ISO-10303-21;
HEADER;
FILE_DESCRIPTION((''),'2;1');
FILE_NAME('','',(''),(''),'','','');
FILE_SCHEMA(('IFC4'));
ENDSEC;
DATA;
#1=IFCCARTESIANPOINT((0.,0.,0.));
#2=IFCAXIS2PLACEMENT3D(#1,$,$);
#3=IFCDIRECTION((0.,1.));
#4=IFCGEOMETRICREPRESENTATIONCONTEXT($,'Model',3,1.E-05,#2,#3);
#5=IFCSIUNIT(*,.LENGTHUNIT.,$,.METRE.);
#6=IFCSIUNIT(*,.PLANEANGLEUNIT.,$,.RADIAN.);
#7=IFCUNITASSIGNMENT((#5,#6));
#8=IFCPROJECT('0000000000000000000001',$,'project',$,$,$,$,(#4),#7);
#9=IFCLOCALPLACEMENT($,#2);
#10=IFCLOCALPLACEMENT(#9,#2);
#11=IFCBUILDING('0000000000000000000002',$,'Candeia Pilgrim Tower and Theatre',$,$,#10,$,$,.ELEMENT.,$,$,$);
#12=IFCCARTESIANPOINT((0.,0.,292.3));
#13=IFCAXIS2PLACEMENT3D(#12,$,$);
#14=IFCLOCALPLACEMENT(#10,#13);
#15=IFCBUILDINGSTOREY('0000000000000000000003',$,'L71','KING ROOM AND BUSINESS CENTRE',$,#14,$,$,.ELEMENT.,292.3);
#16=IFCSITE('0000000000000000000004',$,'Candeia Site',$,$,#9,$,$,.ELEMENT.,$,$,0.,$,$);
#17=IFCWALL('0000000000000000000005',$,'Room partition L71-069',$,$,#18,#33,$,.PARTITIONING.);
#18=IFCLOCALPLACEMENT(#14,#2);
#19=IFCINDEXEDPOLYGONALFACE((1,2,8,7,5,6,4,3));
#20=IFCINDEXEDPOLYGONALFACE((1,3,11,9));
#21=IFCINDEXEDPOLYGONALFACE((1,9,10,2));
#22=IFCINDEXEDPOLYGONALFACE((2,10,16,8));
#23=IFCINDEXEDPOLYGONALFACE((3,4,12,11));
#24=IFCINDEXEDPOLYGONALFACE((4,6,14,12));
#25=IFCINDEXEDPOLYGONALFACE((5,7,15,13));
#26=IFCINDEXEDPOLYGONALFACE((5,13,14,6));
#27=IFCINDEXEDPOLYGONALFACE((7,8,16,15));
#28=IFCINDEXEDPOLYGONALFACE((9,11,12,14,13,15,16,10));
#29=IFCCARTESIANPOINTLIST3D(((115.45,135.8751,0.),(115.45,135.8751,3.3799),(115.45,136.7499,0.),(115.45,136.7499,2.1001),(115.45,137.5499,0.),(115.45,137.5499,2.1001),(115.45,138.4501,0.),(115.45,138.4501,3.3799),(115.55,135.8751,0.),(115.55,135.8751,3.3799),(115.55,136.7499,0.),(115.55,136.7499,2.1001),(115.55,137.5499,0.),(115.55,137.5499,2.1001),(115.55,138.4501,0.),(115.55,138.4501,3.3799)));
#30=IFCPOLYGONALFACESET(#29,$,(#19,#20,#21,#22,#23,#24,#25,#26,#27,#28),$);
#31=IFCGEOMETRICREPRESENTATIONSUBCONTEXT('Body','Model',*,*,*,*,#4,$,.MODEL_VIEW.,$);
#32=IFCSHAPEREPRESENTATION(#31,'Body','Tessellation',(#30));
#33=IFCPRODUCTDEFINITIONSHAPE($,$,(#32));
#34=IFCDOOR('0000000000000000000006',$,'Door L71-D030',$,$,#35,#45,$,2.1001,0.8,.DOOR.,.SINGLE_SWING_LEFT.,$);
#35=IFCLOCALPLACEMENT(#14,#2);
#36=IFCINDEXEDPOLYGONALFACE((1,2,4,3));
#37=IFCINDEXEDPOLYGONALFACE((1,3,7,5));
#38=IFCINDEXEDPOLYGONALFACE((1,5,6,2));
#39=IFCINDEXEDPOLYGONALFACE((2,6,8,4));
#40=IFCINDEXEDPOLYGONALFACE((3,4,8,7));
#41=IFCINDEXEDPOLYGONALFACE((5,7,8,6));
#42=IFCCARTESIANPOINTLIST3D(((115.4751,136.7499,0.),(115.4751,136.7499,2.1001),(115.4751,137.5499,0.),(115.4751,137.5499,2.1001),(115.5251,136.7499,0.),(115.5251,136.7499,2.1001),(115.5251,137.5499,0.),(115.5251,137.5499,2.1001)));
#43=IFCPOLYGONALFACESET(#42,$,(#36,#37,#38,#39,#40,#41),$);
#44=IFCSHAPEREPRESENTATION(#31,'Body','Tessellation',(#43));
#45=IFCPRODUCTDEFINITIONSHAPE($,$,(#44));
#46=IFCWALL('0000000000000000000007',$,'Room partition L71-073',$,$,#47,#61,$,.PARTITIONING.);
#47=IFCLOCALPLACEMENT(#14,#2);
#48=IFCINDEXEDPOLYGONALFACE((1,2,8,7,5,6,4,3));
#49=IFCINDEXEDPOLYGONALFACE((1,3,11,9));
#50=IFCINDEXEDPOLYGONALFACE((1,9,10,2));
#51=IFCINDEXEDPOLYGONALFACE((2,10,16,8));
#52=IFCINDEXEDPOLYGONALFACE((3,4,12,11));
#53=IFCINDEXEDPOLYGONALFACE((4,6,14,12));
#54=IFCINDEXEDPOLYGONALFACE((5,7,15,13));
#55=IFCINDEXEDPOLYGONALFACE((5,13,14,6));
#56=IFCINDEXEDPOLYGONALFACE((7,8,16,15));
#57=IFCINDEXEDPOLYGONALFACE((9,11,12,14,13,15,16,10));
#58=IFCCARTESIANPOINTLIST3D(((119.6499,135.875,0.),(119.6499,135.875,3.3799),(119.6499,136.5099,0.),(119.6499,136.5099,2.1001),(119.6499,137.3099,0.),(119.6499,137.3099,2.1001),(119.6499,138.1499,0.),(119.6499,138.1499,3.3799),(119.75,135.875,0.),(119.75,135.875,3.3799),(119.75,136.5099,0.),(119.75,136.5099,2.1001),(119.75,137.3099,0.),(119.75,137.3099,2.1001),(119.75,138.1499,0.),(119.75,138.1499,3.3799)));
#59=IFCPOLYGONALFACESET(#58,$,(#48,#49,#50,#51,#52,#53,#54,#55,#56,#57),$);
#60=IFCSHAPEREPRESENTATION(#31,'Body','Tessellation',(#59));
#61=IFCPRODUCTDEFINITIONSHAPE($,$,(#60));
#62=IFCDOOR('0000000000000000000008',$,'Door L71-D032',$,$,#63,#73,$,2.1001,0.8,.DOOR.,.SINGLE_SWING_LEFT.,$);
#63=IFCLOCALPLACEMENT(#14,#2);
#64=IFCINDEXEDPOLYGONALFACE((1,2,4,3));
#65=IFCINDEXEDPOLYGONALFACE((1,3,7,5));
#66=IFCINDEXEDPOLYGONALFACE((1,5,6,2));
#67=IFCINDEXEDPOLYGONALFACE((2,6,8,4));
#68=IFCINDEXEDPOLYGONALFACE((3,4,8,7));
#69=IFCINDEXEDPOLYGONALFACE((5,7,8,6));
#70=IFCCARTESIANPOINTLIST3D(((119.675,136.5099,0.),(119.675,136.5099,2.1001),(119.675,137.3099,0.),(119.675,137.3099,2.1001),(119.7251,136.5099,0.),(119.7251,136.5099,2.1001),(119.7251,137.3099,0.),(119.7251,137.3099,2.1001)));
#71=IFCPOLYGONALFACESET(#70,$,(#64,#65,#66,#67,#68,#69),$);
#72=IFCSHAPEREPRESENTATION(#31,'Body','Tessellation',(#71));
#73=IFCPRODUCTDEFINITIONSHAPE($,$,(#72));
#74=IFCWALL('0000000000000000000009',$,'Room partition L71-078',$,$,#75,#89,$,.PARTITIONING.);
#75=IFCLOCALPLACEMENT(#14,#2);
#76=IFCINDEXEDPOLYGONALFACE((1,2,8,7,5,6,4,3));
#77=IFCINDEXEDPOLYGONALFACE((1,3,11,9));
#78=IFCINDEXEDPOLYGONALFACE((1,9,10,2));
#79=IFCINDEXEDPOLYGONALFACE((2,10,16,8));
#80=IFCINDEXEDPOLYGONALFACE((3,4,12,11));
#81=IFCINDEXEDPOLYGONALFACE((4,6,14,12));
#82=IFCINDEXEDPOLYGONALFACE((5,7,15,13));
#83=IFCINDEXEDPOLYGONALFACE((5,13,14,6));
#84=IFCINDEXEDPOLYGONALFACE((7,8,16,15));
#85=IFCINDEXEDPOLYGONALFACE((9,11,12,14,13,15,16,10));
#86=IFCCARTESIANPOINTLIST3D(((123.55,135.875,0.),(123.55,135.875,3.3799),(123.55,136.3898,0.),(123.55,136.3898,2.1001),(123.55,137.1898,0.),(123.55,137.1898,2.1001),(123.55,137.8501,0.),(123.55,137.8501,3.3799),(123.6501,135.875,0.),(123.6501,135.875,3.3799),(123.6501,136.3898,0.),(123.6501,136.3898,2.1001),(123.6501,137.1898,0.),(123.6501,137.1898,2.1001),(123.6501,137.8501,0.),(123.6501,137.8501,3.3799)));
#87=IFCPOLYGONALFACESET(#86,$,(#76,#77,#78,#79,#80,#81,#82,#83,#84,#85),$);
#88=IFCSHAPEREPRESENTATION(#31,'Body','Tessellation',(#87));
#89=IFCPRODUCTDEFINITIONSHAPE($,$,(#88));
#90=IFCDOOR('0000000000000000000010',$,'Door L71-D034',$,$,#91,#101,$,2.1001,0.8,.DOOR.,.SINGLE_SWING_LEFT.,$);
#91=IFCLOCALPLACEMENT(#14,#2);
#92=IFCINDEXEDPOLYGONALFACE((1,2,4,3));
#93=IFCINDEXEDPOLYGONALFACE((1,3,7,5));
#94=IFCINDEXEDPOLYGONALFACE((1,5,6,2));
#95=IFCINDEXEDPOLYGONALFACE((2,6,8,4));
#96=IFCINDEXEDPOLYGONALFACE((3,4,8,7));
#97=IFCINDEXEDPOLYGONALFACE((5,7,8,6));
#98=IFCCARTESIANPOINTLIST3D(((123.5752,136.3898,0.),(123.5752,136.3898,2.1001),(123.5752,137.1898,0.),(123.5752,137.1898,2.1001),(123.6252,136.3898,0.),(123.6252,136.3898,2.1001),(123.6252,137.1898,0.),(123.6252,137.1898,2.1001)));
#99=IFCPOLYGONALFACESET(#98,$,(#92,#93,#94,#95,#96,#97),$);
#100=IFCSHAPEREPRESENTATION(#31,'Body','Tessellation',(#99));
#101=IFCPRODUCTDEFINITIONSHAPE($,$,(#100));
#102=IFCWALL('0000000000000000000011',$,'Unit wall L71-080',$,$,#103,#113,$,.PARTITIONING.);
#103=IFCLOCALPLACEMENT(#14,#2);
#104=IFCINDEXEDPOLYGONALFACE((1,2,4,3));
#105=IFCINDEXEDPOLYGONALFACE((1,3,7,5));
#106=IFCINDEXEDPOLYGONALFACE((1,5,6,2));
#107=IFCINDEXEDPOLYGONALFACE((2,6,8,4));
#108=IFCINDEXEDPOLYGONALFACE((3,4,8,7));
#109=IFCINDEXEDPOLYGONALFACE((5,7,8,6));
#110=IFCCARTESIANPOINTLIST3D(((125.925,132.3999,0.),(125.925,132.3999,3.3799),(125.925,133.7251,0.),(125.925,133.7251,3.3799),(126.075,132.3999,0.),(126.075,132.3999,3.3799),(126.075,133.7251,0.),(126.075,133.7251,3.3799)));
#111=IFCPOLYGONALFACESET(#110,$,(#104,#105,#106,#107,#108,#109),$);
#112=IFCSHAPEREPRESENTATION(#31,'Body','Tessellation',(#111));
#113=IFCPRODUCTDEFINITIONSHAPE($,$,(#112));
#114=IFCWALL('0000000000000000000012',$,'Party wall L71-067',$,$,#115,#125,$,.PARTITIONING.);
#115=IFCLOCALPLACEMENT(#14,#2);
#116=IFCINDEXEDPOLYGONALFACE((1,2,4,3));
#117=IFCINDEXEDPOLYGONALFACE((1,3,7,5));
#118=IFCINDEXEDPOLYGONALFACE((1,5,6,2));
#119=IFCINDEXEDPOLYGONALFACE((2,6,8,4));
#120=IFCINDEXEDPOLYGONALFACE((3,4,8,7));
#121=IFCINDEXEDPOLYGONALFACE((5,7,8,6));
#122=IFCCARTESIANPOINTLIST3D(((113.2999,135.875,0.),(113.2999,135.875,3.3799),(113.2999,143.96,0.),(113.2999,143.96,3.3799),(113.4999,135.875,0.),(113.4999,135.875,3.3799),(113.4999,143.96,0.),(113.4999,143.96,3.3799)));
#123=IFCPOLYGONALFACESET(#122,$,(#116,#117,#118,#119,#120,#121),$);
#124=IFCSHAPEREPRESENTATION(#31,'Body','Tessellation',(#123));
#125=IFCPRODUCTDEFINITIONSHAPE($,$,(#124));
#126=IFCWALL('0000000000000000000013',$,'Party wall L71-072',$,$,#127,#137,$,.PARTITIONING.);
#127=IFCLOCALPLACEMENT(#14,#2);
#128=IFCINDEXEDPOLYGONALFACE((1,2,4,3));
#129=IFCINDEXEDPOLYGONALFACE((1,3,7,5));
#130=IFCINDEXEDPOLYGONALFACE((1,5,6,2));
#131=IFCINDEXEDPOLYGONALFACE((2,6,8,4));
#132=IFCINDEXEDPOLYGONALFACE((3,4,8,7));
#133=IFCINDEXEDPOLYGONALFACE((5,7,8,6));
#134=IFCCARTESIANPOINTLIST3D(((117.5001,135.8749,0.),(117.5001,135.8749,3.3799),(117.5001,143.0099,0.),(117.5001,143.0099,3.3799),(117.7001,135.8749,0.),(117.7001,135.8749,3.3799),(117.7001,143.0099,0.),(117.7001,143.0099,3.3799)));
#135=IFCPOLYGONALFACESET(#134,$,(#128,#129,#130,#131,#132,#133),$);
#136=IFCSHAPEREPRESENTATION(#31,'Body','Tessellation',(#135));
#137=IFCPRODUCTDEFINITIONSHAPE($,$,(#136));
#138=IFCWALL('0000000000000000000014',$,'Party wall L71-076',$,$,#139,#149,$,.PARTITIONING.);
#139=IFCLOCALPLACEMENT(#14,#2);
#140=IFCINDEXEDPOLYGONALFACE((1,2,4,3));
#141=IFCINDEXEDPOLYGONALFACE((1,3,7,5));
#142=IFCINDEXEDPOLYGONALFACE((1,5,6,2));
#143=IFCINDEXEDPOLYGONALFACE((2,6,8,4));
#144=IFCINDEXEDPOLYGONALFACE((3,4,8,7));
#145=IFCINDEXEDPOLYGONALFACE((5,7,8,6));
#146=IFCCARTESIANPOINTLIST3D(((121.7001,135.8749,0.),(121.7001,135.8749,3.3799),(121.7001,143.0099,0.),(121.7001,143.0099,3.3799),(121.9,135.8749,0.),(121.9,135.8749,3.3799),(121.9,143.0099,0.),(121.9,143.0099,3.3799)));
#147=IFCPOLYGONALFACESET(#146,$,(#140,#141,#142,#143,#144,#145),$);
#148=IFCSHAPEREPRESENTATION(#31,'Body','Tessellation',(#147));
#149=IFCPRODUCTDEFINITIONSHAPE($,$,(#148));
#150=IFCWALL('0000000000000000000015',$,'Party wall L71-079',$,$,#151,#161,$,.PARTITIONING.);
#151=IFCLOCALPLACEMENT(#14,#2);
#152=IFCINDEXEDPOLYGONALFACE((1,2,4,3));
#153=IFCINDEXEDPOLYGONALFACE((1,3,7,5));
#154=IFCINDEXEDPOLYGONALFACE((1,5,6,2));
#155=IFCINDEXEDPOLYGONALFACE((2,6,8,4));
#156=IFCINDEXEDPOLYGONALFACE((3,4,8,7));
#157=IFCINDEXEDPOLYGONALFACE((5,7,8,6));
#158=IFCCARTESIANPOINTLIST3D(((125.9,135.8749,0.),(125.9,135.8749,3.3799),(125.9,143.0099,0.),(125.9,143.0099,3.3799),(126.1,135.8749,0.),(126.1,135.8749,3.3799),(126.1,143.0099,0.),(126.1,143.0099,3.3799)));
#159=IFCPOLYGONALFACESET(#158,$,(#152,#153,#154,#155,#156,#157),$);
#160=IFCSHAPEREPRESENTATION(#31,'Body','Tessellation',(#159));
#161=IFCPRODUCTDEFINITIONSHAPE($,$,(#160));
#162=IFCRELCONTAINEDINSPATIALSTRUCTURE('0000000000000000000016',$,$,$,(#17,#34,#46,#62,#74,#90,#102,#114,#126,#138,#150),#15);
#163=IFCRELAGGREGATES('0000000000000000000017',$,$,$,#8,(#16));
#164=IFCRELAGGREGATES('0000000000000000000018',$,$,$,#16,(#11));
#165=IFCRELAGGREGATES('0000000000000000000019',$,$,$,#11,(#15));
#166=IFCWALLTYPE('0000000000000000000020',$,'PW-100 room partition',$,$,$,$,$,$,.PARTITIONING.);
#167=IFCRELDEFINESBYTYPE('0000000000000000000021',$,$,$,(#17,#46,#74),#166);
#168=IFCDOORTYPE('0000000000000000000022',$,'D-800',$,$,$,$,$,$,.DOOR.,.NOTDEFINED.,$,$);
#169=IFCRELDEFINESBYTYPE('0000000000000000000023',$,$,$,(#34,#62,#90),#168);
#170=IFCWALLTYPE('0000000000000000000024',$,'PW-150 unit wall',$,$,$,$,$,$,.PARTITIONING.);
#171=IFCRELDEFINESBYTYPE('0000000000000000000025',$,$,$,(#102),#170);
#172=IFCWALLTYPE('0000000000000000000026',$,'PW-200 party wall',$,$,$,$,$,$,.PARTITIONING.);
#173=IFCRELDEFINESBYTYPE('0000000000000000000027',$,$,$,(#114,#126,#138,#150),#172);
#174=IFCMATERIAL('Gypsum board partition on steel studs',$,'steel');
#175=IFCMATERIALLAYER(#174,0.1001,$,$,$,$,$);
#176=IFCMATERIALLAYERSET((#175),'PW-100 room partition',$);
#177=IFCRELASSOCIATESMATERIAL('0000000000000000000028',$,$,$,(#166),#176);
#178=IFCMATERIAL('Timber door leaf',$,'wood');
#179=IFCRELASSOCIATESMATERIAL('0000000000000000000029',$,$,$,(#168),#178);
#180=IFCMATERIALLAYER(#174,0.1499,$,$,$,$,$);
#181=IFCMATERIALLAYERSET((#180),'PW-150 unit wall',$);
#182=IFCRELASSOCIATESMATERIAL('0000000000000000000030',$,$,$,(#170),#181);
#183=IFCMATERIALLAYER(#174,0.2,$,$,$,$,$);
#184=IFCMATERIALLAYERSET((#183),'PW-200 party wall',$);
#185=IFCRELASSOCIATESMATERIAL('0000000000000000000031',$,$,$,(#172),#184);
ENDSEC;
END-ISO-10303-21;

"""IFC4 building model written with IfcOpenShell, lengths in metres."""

from ifc_helpers import new_model, si_unit, direction, frame, frame_2d, origin, place, context, subcontext, project, spatial, rectangle, extrude, material, layer, layer_set, type_object, element, fill, save


model = new_model("IFC4")

# Units and contexts
model_context = context("Model", 3, precision=1e-05, world=origin(), true_north=direction((0.0, 1.0)))
body_context = subcontext(model_context, "Body", "Model", "MODEL_VIEW")
ifc_project = project(units=[si_unit("LENGTHUNIT", "METRE"), si_unit("PLANEANGLEUNIT", "RADIAN")], contexts=[model_context])

# Site, building, storey
site_placement = place(None, origin())
site = spatial("IfcSite", under=ifc_project, at=site_placement, Name="Candeia Site", CompositionType="ELEMENT", RefElevation=0.0)
building_placement = place(site_placement, origin())
building = spatial("IfcBuilding", under=site, at=building_placement, Name="Candeia Pilgrim Tower and Theatre", CompositionType="ELEMENT")
storey_placement = place(building_placement, frame((0.0, 0.0, 292.3)))
storey = spatial("IfcBuildingStorey", under=building, at=storey_placement, Name="L71", Description="KING ROOM AND BUSINESS CENTRE", CompositionType="ELEMENT", Elevation=292.3)

# Shared definitions
ifc_material_1 = material(Name="Gypsum board partition on steel studs", Category="steel")
ifc_layer_1 = layer(ifc_material_1, 0.1001)
ifc_layer_set_1 = layer_set([ifc_layer_1], Name="PW-100 room partition")
wall_type_1 = type_object("IfcWallType", Name="PW-100 room partition", PredefinedType="PARTITIONING", material=ifc_layer_set_1)

# Walls, openings, doors
wall_1_placement = place(storey_placement, frame((115.5, 135.875, 0.0), z_axis=(0.0, 0.0, 1.0), x_axis=(0.0, 1.0, 0.0)))
wall_1 = element("IfcWall", 1, at=wall_1_placement, inside=storey, type_object=wall_type_1, Name="Room partition L71-069", PredefinedType="PARTITIONING", context=body_context, shape_type="SweptSolid", body=[
    extrude(rectangle(XDim=2.575, YDim=0.1001, at=frame_2d((1.2876, 0.0))), origin(), (0.0, 0.0, 1.0), 3.3799),
])
opening_1_placement = place(wall_1_placement, frame((0.875, 0.0, 0.0)))
opening_1 = element("IfcOpeningElement", 2, at=opening_1_placement, cuts=wall_1, PredefinedType="OPENING", context=body_context, shape_type="SweptSolid", body=[
    extrude(rectangle(XDim=0.8, YDim=2.1001, at=frame_2d((0.3999, 1.05))), frame((0.0, 0.0601, 0.0), z_axis=(0.0, -1.0, 0.0), x_axis=(1.0, 0.0, 0.0)), (0.0, 0.0, 1.0), 0.1201),
])
ifc_material_2 = material(Name="Timber door leaf", Category="wood")
door_type_1 = type_object("IfcDoorType", Name="D-800", OperationType="NOTDEFINED", PredefinedType="DOOR", material=ifc_material_2)
door_1_placement = place(opening_1_placement, origin())
door_1 = element("IfcDoor", 3, at=door_1_placement, inside=storey, type_object=door_type_1, Name="Door L71-D030", OperationType="SINGLE_SWING_LEFT", OverallHeight=2.1001, OverallWidth=0.8, PredefinedType="DOOR", context=body_context, shape_type="SweptSolid", body=[
    extrude(rectangle(XDim=0.8, YDim=2.1001, at=frame_2d((0.3999, 1.05))), frame((0.0, 0.0249, 0.0), z_axis=(0.0, -1.0, 0.0), x_axis=(1.0, 0.0, 0.0)), (0.0, 0.0, 1.0), 0.05),
])
fill(opening_1, door_1)
wall_2_placement = place(storey_placement, frame((119.7, 135.875, 0.0), z_axis=(0.0, 0.0, 1.0), x_axis=(0.0, 1.0, 0.0)))
wall_2 = element("IfcWall", 4, at=wall_2_placement, inside=storey, type_object=wall_type_1, Name="Room partition L71-073", PredefinedType="PARTITIONING", context=body_context, shape_type="SweptSolid", body=[
    extrude(rectangle(XDim=2.2749, YDim=0.1001, at=frame_2d((1.1375, 0.0))), origin(), (0.0, 0.0, 1.0), 3.3799),
])
opening_2_placement = place(wall_2_placement, frame((0.635, 0.0, 0.0)))
opening_2 = element("IfcOpeningElement", 5, at=opening_2_placement, cuts=wall_2, PredefinedType="OPENING", context=body_context, shape_type="SweptSolid", body=[
    extrude(rectangle(XDim=0.8, YDim=2.1001, at=frame_2d((0.3999, 1.05))), frame((0.0, 0.0601, 0.0), z_axis=(0.0, -1.0, 0.0), x_axis=(1.0, 0.0, 0.0)), (0.0, 0.0, 1.0), 0.1201),
])
door_2_placement = place(opening_2_placement, origin())
door_2 = element("IfcDoor", 6, at=door_2_placement, inside=storey, type_object=door_type_1, Name="Door L71-D032", OperationType="SINGLE_SWING_LEFT", OverallHeight=2.1001, OverallWidth=0.8, PredefinedType="DOOR", context=body_context, shape_type="SweptSolid", body=[
    extrude(rectangle(XDim=0.8, YDim=2.1001, at=frame_2d((0.3999, 1.05))), frame((0.0, 0.0249, 0.0), z_axis=(0.0, -1.0, 0.0), x_axis=(1.0, 0.0, 0.0)), (0.0, 0.0, 1.0), 0.05),
])
fill(opening_2, door_2)
wall_3_placement = place(storey_placement, frame((123.6001, 135.875, 0.0), z_axis=(0.0, 0.0, 1.0), x_axis=(0.0, 1.0, 0.0)))
wall_3 = element("IfcWall", 7, at=wall_3_placement, inside=storey, type_object=wall_type_1, Name="Room partition L71-078", PredefinedType="PARTITIONING", context=body_context, shape_type="SweptSolid", body=[
    extrude(rectangle(XDim=1.9751, YDim=0.1001, at=frame_2d((0.9875, 0.0))), origin(), (0.0, 0.0, 1.0), 3.3799),
])
opening_3_placement = place(wall_3_placement, frame((0.5149, 0.0, 0.0)))
opening_3 = element("IfcOpeningElement", 8, at=opening_3_placement, cuts=wall_3, PredefinedType="OPENING", context=body_context, shape_type="SweptSolid", body=[
    extrude(rectangle(XDim=0.8, YDim=2.1001, at=frame_2d((0.3999, 1.05))), frame((0.0, 0.0601, 0.0), z_axis=(0.0, -1.0, 0.0), x_axis=(1.0, 0.0, 0.0)), (0.0, 0.0, 1.0), 0.1201),
])
door_3_placement = place(opening_3_placement, origin())
door_3 = element("IfcDoor", 9, at=door_3_placement, inside=storey, type_object=door_type_1, Name="Door L71-D034", OperationType="SINGLE_SWING_LEFT", OverallHeight=2.1001, OverallWidth=0.8, PredefinedType="DOOR", context=body_context, shape_type="SweptSolid", body=[
    extrude(rectangle(XDim=0.8, YDim=2.1001, at=frame_2d((0.3999, 1.05))), frame((0.0, 0.0249, 0.0), z_axis=(0.0, -1.0, 0.0), x_axis=(1.0, 0.0, 0.0)), (0.0, 0.0, 1.0), 0.05),
])
fill(opening_3, door_3)

# Walls
ifc_layer_2 = layer(ifc_material_1, 0.1499)
ifc_layer_set_2 = layer_set([ifc_layer_2], Name="PW-150 unit wall")
wall_type_2 = type_object("IfcWallType", Name="PW-150 unit wall", PredefinedType="PARTITIONING", material=ifc_layer_set_2)
wall_4_placement = place(storey_placement, frame((126.0, 132.3999, 0.0), z_axis=(0.0, 0.0, 1.0), x_axis=(0.0, 1.0, 0.0)))
element("IfcWall", 10, at=wall_4_placement, inside=storey, type_object=wall_type_2, Name="Unit wall L71-080", PredefinedType="PARTITIONING", context=body_context, shape_type="SweptSolid", body=[
    extrude(rectangle(XDim=1.3252, YDim=0.1499, at=frame_2d((0.6626, 0.0))), origin(), (0.0, 0.0, 1.0), 3.3799),
])
ifc_layer_3 = layer(ifc_material_1, 0.2)
ifc_layer_set_3 = layer_set([ifc_layer_3], Name="PW-200 party wall")
wall_type_3 = type_object("IfcWallType", Name="PW-200 party wall", PredefinedType="PARTITIONING", material=ifc_layer_set_3)
wall_5_placement = place(storey_placement, frame((113.3999, 135.875, 0.0), z_axis=(0.0, 0.0, 1.0), x_axis=(0.0, 1.0, 0.0)))
element("IfcWall", 11, at=wall_5_placement, inside=storey, type_object=wall_type_3, Name="Party wall L71-067", PredefinedType="PARTITIONING", context=body_context, shape_type="SweptSolid", body=[
    extrude(rectangle(XDim=8.085, YDim=0.2, at=frame_2d((4.0425, 0.0))), origin(), (0.0, 0.0, 1.0), 3.3799),
])
for number, where, z_axis, x_axis, name in (
    (12, (117.6001, 135.875, 0.0), (0.0, 0.0, 1.0), (0.0, 1.0, 0.0), "Party wall L71-072"),
    (13, (121.8, 135.875, 0.0), (0.0, 0.0, 1.0), (0.0, 1.0, 0.0), "Party wall L71-076"),
    (14, (126.0, 135.875, 0.0), (0.0, 0.0, 1.0), (0.0, 1.0, 0.0), "Party wall L71-079"),
):
    element("IfcWall", number, at=place(storey_placement, frame(where, z_axis=z_axis, x_axis=x_axis)), inside=storey, type_object=wall_type_3, Name=name, PredefinedType="PARTITIONING", context=body_context, shape_type="SweptSolid", body=[
        extrude(rectangle(XDim=7.135, YDim=0.2, at=frame_2d((3.5674, 0.0))), origin(), (0.0, 0.0, 1.0), 3.3799),
    ])

save(model, "model.ifc")
